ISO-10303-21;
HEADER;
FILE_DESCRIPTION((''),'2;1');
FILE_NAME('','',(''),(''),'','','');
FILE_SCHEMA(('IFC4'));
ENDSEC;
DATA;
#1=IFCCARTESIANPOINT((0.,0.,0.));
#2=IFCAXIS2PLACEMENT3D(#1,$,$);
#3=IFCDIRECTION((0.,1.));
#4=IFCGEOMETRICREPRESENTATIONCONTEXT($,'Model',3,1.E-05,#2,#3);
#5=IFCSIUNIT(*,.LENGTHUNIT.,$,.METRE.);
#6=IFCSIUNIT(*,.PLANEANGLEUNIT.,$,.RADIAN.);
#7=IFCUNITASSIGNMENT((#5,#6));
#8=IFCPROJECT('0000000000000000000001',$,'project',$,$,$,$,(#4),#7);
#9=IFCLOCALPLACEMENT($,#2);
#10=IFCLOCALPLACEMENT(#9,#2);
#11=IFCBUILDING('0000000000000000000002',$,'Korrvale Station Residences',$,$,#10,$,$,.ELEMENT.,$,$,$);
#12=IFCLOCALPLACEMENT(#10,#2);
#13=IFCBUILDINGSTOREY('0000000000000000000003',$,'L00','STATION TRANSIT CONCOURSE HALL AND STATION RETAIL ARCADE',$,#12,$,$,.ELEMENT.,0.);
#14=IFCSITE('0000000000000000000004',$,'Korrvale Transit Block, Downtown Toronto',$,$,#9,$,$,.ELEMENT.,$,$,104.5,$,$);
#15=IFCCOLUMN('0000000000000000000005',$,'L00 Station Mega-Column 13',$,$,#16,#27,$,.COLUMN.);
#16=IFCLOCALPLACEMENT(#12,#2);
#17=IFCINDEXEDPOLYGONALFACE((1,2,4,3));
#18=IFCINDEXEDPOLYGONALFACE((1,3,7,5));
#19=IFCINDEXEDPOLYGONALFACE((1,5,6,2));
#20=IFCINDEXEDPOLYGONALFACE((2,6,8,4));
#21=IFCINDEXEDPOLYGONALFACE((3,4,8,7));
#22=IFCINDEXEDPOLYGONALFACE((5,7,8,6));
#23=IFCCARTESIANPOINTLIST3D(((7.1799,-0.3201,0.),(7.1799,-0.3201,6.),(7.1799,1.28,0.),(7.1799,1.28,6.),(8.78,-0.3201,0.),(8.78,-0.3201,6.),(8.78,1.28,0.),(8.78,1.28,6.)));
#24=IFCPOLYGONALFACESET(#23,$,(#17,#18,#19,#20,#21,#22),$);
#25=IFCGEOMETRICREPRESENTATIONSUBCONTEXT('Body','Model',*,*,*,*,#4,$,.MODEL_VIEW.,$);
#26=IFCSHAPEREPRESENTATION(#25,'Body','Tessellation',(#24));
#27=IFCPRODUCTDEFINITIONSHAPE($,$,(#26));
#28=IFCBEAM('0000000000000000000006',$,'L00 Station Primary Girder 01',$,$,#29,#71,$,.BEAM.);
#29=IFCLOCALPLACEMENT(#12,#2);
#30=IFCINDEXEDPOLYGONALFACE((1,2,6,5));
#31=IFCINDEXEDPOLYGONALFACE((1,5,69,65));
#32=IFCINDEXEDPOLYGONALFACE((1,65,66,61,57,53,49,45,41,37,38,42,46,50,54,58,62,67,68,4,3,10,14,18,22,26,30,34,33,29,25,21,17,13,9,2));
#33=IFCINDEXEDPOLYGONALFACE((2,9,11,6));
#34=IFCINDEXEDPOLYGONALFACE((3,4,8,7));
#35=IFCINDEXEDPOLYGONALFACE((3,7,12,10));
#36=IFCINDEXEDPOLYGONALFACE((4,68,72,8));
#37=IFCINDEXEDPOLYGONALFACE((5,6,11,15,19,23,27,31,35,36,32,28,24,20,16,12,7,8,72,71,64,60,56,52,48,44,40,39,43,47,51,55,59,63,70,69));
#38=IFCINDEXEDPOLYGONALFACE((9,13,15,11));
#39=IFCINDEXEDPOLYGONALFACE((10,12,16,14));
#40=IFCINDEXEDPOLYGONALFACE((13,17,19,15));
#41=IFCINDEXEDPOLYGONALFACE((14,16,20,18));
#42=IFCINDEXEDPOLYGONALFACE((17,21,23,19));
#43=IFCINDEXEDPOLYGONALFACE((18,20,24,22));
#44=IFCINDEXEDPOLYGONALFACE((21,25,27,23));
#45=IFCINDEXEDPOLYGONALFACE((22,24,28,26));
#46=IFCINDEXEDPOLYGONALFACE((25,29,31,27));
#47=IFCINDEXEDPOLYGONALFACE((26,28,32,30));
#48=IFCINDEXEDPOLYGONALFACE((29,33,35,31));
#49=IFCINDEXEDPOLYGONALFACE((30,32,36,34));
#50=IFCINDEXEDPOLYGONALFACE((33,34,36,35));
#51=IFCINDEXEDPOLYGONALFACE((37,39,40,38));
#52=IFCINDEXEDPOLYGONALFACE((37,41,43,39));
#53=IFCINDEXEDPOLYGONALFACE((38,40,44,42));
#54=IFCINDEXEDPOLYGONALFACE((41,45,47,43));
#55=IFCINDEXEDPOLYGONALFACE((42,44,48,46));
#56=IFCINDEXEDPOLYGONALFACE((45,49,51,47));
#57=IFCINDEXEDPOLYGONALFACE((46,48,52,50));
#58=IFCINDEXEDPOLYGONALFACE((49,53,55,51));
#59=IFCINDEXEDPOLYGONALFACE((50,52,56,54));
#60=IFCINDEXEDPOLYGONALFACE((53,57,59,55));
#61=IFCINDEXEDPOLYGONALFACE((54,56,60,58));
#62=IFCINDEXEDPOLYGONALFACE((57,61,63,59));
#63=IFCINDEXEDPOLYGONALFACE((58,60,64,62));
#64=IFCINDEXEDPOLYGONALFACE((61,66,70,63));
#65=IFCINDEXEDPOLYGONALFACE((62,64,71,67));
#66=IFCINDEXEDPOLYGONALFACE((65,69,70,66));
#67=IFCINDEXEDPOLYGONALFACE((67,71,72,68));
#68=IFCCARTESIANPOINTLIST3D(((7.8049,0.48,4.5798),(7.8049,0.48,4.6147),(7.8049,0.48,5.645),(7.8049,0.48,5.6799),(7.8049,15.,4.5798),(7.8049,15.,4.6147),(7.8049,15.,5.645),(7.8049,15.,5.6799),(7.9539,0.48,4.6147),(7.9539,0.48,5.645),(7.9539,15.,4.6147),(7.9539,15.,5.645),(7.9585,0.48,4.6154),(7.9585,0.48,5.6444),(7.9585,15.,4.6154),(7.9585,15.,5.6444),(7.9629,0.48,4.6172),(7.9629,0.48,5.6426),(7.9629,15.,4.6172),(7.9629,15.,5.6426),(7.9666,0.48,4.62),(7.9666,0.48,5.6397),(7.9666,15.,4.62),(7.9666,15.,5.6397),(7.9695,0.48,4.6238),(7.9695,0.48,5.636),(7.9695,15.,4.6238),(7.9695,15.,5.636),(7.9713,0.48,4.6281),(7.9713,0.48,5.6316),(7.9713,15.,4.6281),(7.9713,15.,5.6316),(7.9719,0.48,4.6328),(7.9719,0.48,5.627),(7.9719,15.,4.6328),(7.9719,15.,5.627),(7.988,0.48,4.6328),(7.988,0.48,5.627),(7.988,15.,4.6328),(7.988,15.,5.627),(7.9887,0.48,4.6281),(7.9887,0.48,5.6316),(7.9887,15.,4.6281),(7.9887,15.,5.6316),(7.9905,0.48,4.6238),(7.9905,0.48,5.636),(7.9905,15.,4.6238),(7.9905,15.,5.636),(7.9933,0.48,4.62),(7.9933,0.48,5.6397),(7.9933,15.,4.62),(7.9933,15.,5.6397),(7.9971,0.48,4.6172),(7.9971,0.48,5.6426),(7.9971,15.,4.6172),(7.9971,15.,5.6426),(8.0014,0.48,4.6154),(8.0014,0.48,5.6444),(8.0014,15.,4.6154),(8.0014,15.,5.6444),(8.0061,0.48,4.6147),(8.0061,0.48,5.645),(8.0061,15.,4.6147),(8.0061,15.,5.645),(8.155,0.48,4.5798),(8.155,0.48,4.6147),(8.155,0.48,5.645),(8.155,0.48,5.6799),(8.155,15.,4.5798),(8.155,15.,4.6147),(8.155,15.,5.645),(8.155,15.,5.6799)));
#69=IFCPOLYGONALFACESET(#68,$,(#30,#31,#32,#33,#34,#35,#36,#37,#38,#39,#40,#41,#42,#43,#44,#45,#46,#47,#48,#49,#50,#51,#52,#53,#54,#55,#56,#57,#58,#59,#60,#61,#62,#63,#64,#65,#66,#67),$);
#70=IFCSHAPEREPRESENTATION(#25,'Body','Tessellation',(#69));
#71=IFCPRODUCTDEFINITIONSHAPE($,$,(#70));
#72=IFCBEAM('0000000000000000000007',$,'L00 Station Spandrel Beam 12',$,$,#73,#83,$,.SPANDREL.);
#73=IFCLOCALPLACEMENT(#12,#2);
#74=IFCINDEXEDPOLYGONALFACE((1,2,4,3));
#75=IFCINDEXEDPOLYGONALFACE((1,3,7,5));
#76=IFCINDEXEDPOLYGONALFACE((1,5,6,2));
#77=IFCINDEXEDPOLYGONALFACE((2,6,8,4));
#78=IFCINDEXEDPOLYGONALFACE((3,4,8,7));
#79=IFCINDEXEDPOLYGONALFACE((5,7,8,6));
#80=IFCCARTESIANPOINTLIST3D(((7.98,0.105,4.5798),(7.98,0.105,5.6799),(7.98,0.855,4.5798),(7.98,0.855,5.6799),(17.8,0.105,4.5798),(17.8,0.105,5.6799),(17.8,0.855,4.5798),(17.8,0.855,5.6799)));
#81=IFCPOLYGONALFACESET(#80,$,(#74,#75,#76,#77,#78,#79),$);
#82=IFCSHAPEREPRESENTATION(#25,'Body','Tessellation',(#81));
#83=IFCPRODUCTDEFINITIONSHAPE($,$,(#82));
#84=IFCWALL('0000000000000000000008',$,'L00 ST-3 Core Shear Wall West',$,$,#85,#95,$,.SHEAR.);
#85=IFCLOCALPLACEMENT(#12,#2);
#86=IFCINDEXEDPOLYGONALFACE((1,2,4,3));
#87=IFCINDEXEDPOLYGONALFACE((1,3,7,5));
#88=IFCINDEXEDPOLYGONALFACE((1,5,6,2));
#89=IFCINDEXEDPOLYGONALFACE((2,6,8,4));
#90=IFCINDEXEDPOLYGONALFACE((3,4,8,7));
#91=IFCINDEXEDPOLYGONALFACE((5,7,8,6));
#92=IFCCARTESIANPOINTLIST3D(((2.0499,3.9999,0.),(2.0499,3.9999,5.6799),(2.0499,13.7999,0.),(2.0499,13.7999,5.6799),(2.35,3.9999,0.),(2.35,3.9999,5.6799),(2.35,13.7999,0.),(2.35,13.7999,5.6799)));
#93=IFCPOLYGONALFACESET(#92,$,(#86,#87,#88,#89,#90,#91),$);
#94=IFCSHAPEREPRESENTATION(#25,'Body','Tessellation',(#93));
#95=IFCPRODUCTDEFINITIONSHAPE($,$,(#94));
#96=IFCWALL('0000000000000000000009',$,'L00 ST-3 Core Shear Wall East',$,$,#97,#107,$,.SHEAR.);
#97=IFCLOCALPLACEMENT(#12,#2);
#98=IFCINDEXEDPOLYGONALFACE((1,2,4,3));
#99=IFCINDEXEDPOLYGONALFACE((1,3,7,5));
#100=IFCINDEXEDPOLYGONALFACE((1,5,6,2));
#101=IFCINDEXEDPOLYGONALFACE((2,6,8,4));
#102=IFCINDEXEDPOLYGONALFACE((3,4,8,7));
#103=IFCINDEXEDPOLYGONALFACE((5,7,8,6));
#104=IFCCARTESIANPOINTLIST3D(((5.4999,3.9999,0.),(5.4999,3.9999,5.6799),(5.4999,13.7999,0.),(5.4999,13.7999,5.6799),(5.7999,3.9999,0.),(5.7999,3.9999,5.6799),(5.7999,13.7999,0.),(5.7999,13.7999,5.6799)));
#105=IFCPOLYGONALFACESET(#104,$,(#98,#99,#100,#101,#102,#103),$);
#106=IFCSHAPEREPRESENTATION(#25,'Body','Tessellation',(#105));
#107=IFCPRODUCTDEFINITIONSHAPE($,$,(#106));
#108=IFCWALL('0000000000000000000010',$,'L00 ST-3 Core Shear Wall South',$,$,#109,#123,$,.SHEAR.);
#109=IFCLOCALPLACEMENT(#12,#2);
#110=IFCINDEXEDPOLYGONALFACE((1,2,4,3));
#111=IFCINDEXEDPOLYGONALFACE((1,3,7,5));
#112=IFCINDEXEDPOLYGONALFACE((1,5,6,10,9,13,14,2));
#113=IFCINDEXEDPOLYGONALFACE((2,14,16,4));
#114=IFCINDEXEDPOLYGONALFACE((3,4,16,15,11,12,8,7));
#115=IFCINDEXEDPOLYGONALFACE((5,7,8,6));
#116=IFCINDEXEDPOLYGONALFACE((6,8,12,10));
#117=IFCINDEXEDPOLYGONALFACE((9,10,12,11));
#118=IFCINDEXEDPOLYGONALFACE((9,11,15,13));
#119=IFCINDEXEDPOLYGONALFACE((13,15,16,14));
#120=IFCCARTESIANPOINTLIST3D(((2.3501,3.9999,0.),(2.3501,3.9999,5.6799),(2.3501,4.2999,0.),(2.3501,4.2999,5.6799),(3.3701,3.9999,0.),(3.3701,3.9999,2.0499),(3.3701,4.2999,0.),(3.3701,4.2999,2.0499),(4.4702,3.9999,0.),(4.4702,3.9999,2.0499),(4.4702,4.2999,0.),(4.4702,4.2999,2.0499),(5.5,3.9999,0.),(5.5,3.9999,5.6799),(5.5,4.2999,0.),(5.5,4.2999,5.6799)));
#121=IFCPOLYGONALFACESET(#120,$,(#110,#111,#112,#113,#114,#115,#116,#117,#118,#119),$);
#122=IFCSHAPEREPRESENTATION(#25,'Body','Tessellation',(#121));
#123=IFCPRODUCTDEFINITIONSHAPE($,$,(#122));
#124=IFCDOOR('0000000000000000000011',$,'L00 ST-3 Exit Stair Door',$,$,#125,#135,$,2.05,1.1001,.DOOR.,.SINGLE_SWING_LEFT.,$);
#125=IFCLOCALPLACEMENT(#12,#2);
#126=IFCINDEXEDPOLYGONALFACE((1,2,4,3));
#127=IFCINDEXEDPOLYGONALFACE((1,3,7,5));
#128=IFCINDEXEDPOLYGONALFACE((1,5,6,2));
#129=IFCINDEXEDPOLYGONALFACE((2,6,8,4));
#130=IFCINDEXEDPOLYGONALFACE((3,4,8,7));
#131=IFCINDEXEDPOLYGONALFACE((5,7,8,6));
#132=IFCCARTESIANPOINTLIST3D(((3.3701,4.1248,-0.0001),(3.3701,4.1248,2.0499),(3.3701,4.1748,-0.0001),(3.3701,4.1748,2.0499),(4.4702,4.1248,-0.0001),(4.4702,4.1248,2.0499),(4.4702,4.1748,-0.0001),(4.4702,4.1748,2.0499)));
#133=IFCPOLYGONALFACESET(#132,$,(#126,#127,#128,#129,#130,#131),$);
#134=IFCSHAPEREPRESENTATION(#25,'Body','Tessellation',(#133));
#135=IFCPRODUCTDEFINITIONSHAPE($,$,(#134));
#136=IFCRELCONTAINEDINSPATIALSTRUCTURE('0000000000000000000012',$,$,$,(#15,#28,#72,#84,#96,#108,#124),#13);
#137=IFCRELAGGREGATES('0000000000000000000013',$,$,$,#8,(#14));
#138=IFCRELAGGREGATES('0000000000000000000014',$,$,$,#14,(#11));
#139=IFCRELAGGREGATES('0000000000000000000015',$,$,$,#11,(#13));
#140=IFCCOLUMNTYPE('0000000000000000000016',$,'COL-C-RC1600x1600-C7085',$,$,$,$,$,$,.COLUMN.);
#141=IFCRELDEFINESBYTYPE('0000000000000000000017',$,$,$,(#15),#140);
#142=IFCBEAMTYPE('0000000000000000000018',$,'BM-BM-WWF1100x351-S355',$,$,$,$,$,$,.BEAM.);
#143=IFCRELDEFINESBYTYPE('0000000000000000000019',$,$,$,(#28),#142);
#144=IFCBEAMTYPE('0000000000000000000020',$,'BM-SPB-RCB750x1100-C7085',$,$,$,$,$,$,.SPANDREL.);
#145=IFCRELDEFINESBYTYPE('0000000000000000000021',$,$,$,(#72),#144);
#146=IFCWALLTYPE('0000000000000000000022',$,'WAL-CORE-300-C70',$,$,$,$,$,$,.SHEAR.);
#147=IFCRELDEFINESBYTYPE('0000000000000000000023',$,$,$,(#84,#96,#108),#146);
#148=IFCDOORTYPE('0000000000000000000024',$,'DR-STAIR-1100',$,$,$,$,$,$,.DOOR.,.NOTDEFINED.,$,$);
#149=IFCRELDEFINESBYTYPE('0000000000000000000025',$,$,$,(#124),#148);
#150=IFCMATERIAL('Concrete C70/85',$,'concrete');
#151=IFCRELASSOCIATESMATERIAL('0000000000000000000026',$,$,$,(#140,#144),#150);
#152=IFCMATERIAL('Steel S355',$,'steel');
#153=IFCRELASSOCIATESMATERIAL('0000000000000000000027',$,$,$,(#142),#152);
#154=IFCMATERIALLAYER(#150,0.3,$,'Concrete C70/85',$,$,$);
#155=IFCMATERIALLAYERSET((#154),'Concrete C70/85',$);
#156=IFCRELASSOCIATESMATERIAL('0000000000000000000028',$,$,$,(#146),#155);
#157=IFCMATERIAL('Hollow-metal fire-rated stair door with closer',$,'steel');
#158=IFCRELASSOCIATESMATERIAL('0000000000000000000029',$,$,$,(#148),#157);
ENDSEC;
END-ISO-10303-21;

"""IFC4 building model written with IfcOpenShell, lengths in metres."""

from ifc_helpers import new_model, si_unit, direction, frame, frame_2d, origin, origin_2d, place, context, subcontext, project, spatial, rectangle, i_section, extrude, material, layer, layer_set, material_profile, profile_set, type_object, element, fill, save


model = new_model("IFC4")

# Units and contexts
model_context = context("Model", 3, precision=1e-05, world=origin(), true_north=direction((0.0, 1.0)))
body_context = subcontext(model_context, "Body", "Model", "MODEL_VIEW")
ifc_project = project(units=[si_unit("LENGTHUNIT", "METRE"), si_unit("PLANEANGLEUNIT", "RADIAN")], contexts=[model_context])

# Site, building, storey
site_placement = place(None, origin())
site = spatial("IfcSite", under=ifc_project, at=site_placement, Name="Korrvale Transit Block, Downtown Toronto", CompositionType="ELEMENT", RefElevation=104.5)
building_placement = place(site_placement, origin())
building = spatial("IfcBuilding", under=site, at=building_placement, Name="Korrvale Station Residences", CompositionType="ELEMENT")
storey_placement = place(building_placement, origin())
storey = spatial("IfcBuildingStorey", under=building, at=storey_placement, Name="L00", Description="STATION TRANSIT CONCOURSE HALL AND STATION RETAIL ARCADE", CompositionType="ELEMENT", Elevation=0.0)

# Column
ifc_material_1 = material(Name="Concrete C70/85", Category="concrete")
ifc_material_profile_1 = material_profile(ifc_material_1, rectangle(XDim=1.6001, YDim=1.6001, at=origin_2d()), Name="RC1600x1600")
ifc_profile_set_1 = profile_set([ifc_material_profile_1], Name="Concrete C70/85")
column_type = type_object("IfcColumnType", Name="COL-C-RC1600x1600-C7085", PredefinedType="COLUMN", material=ifc_profile_set_1)
column_placement = place(storey_placement, frame((7.98, 0.48, 0.0), z_axis=(0.0, 0.0, 1.0), x_axis=(1.0, 0.0, 0.0)))
element("IfcColumn", 1, at=column_placement, inside=storey, type_object=column_type, Name="L00 Station Mega-Column 13", PredefinedType="COLUMN", context=body_context, shape_type="SweptSolid", body=[
    extrude(rectangle(XDim=1.6001, YDim=1.6001, at=origin_2d()), origin(), (0.0, 0.0, 1.0), 6.0),
])

# Beams
ifc_material_2 = material(Name="Steel S355", Category="steel")
ifc_material_profile_2 = material_profile(ifc_material_2, i_section(OverallWidth=0.3501, OverallDepth=1.1001, WebThickness=0.0161, FlangeThickness=0.0349, FilletRadius=0.0181, at=origin_2d()), Name="WWF1100x351")
ifc_profile_set_2 = profile_set([ifc_material_profile_2], Name="Steel S355")
beam_type_1 = type_object("IfcBeamType", Name="BM-BM-WWF1100x351-S355", PredefinedType="BEAM", material=ifc_profile_set_2)
beam_1_placement = place(storey_placement, frame((7.98, 0.48, 5.1299), z_axis=(0.0, 1.0, 0.0), x_axis=(-1.0, 0.0, 0.0)))
element("IfcBeam", 2, at=beam_1_placement, inside=storey, type_object=beam_type_1, Name="L00 Station Primary Girder 01", PredefinedType="BEAM", context=body_context, shape_type="SweptSolid", body=[
    extrude(i_section(OverallWidth=0.3501, OverallDepth=1.1001, WebThickness=0.0161, FlangeThickness=0.0349, FilletRadius=0.0181, at=origin_2d()), origin(), (0.0, 0.0, 1.0), 14.52),
])
ifc_material_profile_3 = material_profile(ifc_material_1, rectangle(XDim=0.75, YDim=1.1001, at=origin_2d()), Name="RCB750x1100")
ifc_profile_set_3 = profile_set([ifc_material_profile_3], Name="Concrete C70/85")
beam_type_2 = type_object("IfcBeamType", Name="BM-SPB-RCB750x1100-C7085", PredefinedType="SPANDREL", material=ifc_profile_set_3)
beam_2_placement = place(storey_placement, frame((7.98, 0.48, 5.1299), z_axis=(1.0, 0.0, 0.0), x_axis=(0.0, 1.0, 0.0)))
element("IfcBeam", 3, at=beam_2_placement, inside=storey, type_object=beam_type_2, Name="L00 Station Spandrel Beam 12", PredefinedType="SPANDREL", context=body_context, shape_type="SweptSolid", body=[
    extrude(rectangle(XDim=0.75, YDim=1.1001, at=origin_2d()), origin(), (0.0, 0.0, 1.0), 9.8201),
])

# Walls
ifc_layer_1 = layer(ifc_material_1, 0.3, Name="Concrete C70/85")
ifc_layer_set_1 = layer_set([ifc_layer_1], Name="Concrete C70/85")
wall_type_1 = type_object("IfcWallType", Name="WAL-CORE-300-C70", PredefinedType="SHEAR", material=ifc_layer_set_1)
for number, where, z_axis, x_axis, name in (
    (4, (2.2, 4.0, 0.0), (0.0, 0.0, 1.0), (0.0, 1.0, 0.0), "L00 ST-3 Core Shear Wall West"),
    (5, (5.6499, 4.0, 0.0), (0.0, 0.0, 1.0), (0.0, 1.0, 0.0), "L00 ST-3 Core Shear Wall East"),
):
    element("IfcWall", number, at=place(storey_placement, frame(where, z_axis=z_axis, x_axis=x_axis)), inside=storey, type_object=wall_type_1, Name=name, PredefinedType="SHEAR", context=body_context, shape_type="SweptSolid", body=[
        extrude(rectangle(XDim=9.8, YDim=0.3, at=frame_2d((4.8999, 0.0))), origin(), (0.0, 0.0, 1.0), 5.6799),
    ])

# Wall, opening, door
wall_1_placement = place(storey_placement, frame((2.3501, 4.1499, 0.0), z_axis=(0.0, 0.0, 1.0), x_axis=(1.0, 0.0, 0.0)))
wall_1 = element("IfcWall", 6, at=wall_1_placement, inside=storey, type_object=wall_type_1, Name="L00 ST-3 Core Shear Wall South", PredefinedType="SHEAR", context=body_context, shape_type="SweptSolid", body=[
    extrude(rectangle(XDim=3.1499, YDim=0.3, at=frame_2d((1.575, 0.0))), origin(), (0.0, 0.0, 1.0), 5.6799),
])
opening_1_placement = place(wall_1_placement, frame((1.02, 0.0, 0.0)))
opening_1 = element("IfcOpeningElement", 7, at=opening_1_placement, cuts=wall_1, PredefinedType="OPENING", context=body_context, shape_type="SweptSolid", body=[
    extrude(rectangle(XDim=1.1001, YDim=2.05, at=frame_2d((0.55, 1.0249))), frame((0.0, 0.1602, 0.0), z_axis=(0.0, -1.0, 0.0), x_axis=(1.0, 0.0, 0.0)), (0.0, 0.0, 1.0), 0.3201),
])
ifc_material_3 = material(Name="Hollow-metal fire-rated stair door with closer", Category="steel")
door_type_1 = type_object("IfcDoorType", Name="DR-STAIR-1100", OperationType="NOTDEFINED", PredefinedType="DOOR", material=ifc_material_3)
door_1_placement = place(opening_1_placement, origin())
door_1 = element("IfcDoor", 8, at=door_1_placement, inside=storey, type_object=door_type_1, Name="L00 ST-3 Exit Stair Door", OperationType="SINGLE_SWING_LEFT", OverallHeight=2.05, OverallWidth=1.1001, PredefinedType="DOOR", context=body_context, shape_type="SweptSolid", body=[
    extrude(rectangle(XDim=1.1001, YDim=2.05, at=frame_2d((0.55, 1.0249))), frame((0.0, 0.0249, 0.0), z_axis=(0.0, -1.0, 0.0), x_axis=(1.0, 0.0, 0.0)), (0.0, 0.0, 1.0), 0.05),
])
fill(opening_1, door_1)

save(model, "model.ifc")
